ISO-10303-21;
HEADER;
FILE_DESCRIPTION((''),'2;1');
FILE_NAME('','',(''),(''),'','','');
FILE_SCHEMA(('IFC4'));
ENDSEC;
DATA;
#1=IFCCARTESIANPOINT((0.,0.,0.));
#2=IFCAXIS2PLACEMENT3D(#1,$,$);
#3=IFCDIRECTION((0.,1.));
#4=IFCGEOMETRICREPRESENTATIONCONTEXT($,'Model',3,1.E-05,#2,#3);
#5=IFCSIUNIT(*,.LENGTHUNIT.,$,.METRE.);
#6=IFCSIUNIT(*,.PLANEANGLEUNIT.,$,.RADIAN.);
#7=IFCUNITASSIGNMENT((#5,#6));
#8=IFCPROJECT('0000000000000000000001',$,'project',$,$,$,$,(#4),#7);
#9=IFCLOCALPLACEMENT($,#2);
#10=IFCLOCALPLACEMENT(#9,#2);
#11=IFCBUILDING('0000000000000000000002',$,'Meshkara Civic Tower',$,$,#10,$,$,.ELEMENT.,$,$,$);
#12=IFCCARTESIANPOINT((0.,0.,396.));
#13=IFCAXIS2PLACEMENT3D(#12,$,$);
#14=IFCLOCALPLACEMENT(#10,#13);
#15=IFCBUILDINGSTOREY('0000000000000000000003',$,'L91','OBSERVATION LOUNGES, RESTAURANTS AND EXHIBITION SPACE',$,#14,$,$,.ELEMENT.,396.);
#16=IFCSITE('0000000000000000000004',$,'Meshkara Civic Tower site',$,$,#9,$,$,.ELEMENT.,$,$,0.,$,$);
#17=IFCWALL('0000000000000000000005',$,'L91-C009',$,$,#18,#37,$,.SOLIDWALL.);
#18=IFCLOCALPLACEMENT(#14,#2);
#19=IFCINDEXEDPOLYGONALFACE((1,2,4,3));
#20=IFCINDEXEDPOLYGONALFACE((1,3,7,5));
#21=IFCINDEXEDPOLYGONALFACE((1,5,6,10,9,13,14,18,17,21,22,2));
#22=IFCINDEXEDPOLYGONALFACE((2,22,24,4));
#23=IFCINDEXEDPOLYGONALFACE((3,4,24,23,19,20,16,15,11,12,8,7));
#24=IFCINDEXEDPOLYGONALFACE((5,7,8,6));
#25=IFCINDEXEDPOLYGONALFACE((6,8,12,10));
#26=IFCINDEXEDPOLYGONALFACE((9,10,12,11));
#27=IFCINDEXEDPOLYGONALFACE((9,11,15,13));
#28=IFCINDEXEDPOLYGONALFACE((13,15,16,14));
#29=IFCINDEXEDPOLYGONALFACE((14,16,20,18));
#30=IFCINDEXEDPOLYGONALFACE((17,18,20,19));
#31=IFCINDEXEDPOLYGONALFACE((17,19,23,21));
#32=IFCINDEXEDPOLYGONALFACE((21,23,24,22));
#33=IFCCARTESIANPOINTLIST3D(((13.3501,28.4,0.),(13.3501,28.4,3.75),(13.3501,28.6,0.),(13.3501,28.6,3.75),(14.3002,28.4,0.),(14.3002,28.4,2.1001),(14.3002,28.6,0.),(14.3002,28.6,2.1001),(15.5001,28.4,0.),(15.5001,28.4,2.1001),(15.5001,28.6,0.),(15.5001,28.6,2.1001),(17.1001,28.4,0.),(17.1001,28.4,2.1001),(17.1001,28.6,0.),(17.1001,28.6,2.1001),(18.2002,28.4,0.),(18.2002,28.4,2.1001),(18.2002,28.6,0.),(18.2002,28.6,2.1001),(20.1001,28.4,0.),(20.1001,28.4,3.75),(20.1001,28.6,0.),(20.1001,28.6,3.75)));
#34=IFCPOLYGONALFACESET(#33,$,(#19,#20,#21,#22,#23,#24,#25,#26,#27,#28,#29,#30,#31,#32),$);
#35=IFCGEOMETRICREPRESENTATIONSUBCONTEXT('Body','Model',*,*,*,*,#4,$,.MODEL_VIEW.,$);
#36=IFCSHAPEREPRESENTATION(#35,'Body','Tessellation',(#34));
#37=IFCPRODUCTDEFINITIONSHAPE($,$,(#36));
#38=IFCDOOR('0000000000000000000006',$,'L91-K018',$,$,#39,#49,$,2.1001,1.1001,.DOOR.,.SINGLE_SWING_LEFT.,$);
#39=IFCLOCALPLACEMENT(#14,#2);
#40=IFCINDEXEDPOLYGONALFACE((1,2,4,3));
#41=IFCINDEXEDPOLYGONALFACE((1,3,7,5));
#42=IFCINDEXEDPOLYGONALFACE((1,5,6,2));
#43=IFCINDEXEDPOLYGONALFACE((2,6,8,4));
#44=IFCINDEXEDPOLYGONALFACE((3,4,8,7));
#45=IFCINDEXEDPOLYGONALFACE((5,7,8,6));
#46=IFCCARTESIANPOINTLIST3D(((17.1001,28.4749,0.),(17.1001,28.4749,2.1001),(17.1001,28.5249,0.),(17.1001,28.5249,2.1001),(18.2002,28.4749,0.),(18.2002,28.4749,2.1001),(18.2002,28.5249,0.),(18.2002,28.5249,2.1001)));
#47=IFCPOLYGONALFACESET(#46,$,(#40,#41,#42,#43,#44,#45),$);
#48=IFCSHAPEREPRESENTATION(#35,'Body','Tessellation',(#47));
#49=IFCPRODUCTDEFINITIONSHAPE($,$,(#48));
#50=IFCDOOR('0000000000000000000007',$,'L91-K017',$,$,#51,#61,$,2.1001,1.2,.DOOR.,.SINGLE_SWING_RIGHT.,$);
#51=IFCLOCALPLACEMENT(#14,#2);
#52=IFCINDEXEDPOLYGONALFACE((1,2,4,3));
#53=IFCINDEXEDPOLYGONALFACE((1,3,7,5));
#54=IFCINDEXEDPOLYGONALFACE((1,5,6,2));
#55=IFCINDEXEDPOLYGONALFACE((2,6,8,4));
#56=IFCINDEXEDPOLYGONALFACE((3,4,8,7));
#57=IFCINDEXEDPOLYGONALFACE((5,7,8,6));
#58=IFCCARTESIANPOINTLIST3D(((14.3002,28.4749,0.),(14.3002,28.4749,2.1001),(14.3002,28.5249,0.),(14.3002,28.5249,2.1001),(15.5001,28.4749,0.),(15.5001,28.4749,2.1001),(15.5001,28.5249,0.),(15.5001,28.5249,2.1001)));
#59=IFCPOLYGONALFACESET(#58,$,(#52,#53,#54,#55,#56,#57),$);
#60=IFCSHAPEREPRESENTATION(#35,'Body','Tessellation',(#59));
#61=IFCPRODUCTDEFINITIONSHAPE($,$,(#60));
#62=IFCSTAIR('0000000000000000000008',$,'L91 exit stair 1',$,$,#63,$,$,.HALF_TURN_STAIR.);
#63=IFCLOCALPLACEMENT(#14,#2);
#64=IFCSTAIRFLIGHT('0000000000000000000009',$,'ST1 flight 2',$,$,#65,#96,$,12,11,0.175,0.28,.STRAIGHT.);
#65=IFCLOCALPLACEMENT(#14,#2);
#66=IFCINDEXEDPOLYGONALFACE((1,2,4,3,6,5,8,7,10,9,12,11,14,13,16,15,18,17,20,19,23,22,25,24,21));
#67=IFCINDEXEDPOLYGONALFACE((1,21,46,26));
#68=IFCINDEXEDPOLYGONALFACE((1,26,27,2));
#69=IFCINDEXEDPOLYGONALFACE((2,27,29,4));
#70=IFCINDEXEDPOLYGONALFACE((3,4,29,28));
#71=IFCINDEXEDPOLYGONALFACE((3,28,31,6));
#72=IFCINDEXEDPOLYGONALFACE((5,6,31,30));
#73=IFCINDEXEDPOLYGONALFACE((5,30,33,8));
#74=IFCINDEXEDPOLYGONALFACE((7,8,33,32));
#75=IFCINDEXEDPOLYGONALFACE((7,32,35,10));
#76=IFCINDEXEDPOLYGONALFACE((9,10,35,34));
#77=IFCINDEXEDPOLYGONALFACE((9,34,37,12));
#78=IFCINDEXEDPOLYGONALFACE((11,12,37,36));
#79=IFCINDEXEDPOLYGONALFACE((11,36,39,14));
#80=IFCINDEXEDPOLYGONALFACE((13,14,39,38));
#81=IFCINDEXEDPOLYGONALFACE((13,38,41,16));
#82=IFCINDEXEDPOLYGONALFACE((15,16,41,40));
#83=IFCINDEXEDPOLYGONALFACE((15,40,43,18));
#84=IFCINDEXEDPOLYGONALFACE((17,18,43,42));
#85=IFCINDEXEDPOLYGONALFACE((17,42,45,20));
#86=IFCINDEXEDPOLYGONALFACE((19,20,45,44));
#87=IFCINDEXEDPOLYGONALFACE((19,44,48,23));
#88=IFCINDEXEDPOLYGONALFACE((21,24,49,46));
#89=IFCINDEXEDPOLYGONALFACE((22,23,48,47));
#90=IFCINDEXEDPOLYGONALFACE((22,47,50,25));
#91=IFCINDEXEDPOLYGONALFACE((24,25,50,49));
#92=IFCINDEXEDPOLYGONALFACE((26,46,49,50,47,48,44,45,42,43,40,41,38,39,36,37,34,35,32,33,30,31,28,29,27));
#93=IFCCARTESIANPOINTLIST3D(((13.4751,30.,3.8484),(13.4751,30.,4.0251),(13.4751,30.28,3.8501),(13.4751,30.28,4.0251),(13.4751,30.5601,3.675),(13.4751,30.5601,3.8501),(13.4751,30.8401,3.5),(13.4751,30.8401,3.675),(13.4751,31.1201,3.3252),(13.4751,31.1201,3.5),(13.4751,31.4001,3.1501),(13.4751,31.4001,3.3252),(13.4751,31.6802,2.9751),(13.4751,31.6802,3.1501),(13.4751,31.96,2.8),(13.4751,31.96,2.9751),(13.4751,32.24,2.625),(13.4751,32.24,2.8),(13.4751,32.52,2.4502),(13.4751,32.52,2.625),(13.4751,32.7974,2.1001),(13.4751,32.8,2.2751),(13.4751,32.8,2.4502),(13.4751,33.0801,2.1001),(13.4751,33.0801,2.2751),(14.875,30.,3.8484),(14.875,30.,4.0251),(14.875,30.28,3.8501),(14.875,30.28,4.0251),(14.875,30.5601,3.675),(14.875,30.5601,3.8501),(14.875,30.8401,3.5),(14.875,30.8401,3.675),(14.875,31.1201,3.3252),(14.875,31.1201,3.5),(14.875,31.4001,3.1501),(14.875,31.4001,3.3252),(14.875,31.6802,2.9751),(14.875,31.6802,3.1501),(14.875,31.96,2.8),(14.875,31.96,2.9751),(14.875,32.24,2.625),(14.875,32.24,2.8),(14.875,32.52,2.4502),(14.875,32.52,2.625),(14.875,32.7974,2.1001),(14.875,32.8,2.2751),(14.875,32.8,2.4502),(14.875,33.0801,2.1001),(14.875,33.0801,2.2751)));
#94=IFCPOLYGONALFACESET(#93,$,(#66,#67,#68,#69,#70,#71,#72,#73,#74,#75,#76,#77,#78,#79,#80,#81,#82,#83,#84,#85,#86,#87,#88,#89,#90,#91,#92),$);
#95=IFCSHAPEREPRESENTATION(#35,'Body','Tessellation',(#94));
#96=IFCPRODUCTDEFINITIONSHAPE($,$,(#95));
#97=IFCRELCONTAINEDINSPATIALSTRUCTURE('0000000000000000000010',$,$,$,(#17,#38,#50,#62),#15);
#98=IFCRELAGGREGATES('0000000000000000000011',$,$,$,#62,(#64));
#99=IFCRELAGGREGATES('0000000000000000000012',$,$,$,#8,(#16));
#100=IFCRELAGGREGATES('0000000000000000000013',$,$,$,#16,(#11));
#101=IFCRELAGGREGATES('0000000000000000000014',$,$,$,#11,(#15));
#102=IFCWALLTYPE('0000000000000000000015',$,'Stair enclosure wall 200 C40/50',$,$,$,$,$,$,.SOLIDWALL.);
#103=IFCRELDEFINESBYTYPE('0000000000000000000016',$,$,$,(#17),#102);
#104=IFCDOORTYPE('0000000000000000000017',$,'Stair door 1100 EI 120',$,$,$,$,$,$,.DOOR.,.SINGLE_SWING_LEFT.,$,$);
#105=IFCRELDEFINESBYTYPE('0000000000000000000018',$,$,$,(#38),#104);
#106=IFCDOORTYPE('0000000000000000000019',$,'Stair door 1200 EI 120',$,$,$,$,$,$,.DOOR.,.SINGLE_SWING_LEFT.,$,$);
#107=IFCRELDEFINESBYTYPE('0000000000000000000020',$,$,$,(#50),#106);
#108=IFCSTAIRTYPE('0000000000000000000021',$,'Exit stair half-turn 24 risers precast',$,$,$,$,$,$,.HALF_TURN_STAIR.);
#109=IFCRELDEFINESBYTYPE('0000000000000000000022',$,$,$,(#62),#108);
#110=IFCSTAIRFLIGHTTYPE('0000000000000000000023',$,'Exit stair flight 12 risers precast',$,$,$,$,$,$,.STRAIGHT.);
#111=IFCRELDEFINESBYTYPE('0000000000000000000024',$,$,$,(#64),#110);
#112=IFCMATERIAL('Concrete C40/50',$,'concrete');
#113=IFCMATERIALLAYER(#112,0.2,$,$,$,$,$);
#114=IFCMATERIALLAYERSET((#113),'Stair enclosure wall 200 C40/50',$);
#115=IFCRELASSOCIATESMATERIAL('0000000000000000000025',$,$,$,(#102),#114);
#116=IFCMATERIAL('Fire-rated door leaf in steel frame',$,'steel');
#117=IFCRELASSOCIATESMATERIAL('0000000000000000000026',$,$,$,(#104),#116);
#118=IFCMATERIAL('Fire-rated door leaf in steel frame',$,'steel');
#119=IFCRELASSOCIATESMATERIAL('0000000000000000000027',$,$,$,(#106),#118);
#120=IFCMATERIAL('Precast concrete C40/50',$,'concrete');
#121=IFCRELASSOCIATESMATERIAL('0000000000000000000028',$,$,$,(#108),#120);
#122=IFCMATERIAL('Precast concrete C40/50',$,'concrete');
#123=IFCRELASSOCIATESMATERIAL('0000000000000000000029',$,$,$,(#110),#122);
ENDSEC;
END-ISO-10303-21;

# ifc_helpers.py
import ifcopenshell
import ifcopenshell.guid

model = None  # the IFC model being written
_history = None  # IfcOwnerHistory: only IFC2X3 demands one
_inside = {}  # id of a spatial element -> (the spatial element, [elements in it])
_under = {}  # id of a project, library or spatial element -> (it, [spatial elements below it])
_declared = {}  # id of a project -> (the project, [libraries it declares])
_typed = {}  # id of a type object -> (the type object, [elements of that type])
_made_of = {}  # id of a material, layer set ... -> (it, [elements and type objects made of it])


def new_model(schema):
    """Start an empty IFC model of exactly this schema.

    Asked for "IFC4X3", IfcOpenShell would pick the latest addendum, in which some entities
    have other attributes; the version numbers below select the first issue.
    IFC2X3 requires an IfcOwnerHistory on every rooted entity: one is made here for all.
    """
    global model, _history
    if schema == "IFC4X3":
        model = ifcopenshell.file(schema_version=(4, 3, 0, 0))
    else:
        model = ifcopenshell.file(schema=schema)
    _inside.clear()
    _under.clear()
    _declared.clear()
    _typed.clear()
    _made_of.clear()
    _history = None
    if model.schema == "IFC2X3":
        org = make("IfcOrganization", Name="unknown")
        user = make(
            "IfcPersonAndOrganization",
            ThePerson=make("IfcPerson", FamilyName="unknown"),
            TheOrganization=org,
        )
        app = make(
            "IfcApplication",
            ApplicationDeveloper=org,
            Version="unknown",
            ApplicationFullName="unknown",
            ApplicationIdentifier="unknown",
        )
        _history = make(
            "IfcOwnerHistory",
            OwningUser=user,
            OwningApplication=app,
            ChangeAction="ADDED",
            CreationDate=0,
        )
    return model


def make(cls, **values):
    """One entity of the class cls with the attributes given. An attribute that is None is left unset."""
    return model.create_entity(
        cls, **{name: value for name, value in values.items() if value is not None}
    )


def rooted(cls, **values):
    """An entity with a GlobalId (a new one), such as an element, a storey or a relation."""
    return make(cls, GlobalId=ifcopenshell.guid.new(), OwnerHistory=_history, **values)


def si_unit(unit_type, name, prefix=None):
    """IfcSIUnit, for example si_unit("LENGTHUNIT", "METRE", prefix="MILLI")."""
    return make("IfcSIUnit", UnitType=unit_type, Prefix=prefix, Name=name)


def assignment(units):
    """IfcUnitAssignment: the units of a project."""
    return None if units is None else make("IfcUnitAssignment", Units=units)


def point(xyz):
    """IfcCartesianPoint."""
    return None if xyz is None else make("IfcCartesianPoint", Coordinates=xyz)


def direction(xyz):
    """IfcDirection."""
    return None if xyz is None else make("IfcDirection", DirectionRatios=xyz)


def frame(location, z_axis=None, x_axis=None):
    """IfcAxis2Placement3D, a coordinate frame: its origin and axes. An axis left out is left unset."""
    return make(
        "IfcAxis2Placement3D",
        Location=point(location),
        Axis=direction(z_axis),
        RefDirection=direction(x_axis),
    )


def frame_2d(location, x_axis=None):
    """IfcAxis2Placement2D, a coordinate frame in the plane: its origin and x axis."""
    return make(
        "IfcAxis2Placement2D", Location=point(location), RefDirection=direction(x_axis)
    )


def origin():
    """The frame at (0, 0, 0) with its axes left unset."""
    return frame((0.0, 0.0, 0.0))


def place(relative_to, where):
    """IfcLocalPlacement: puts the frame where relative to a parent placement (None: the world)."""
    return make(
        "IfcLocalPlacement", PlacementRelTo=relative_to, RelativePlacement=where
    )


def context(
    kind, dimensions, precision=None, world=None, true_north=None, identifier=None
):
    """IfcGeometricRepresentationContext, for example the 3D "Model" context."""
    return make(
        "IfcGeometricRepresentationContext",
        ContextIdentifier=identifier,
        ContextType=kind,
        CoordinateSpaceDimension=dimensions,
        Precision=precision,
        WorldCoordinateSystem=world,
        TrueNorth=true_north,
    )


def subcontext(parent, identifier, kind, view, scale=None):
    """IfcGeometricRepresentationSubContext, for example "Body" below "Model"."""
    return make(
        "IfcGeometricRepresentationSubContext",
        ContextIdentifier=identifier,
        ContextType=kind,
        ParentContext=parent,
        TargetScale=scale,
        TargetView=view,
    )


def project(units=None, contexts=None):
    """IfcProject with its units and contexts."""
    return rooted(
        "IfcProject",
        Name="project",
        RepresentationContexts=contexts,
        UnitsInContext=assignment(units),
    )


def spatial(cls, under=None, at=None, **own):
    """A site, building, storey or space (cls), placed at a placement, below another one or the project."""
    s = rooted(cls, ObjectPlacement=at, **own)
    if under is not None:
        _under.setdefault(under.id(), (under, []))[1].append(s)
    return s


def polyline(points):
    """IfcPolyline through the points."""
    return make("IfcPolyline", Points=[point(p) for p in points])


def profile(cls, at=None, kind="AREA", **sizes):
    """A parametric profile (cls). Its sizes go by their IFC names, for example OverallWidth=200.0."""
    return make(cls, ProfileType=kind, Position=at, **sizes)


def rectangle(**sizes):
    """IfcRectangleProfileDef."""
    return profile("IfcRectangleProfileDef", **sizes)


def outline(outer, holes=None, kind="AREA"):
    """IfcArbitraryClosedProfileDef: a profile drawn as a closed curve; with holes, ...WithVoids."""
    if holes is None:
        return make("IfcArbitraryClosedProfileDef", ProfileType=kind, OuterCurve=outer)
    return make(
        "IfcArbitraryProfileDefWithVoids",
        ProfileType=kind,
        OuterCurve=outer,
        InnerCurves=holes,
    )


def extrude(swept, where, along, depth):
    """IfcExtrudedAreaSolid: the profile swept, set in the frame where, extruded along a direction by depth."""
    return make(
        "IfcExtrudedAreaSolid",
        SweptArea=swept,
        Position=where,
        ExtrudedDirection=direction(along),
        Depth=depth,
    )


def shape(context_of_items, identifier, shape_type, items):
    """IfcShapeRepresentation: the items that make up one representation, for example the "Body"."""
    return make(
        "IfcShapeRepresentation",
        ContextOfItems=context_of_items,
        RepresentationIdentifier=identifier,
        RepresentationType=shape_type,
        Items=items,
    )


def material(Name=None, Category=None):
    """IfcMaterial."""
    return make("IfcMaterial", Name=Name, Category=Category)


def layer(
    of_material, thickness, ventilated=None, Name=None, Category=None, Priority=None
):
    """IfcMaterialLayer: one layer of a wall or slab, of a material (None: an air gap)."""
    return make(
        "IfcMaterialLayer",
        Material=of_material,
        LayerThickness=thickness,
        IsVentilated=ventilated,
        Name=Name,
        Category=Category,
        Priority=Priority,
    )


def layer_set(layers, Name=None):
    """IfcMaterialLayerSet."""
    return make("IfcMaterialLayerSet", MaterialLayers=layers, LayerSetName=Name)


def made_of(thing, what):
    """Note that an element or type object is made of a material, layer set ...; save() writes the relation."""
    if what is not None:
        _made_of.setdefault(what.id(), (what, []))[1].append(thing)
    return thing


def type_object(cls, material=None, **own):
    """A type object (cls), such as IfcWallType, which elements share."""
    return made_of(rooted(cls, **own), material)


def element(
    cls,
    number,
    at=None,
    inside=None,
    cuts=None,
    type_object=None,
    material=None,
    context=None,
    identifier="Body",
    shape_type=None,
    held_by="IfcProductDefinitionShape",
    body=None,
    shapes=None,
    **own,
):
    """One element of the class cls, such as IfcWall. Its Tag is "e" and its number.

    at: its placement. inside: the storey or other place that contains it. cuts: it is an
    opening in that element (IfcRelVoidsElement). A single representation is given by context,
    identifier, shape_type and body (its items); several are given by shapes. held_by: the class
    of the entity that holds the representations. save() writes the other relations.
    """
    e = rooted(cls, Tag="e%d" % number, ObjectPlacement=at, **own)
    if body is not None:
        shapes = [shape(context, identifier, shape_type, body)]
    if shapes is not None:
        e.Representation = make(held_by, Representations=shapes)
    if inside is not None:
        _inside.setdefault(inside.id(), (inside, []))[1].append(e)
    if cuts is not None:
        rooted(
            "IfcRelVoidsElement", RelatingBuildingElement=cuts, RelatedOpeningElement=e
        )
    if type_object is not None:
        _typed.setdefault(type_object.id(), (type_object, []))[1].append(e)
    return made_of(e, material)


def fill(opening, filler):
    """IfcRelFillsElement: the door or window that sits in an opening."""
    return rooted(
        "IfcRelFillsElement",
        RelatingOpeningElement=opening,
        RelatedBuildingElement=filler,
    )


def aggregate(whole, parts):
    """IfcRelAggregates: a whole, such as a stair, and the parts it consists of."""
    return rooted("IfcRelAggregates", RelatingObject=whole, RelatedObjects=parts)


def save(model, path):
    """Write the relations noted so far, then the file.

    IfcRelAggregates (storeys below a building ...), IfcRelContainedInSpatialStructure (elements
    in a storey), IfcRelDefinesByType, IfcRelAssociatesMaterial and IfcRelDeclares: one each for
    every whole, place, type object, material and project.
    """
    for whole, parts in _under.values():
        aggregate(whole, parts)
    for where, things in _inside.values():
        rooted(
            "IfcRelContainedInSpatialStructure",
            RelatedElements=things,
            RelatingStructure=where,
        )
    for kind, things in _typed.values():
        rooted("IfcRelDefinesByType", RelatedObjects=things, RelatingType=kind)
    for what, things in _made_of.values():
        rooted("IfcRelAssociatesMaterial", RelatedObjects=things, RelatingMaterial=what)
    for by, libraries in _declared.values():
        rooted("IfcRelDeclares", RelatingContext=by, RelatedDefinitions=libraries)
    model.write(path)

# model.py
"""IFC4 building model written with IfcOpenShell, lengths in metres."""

from ifc_helpers import new_model, si_unit, direction, frame, frame_2d, origin, place, context, subcontext, project, spatial, polyline, rectangle, outline, extrude, material, layer, layer_set, type_object, element, fill, aggregate, save


model = new_model("IFC4")

# Units and contexts
model_context = context("Model", 3, precision=1e-05, world=origin(), true_north=direction((0.0, 1.0)))
body_context = subcontext(model_context, "Body", "Model", "MODEL_VIEW")
ifc_project = project(units=[si_unit("LENGTHUNIT", "METRE"), si_unit("PLANEANGLEUNIT", "RADIAN")], contexts=[model_context])

# Site, building, storey
site_placement = place(None, origin())
site = spatial("IfcSite", under=ifc_project, at=site_placement, Name="Meshkara Civic Tower site", CompositionType="ELEMENT", RefElevation=0.0)
building_placement = place(site_placement, origin())
building = spatial("IfcBuilding", under=site, at=building_placement, Name="Meshkara Civic Tower", CompositionType="ELEMENT")
storey_placement = place(building_placement, frame((0.0, 0.0, 396.0)))
storey = spatial("IfcBuildingStorey", under=building, at=storey_placement, Name="L91", Description="OBSERVATION LOUNGES, RESTAURANTS AND EXHIBITION SPACE", CompositionType="ELEMENT", Elevation=396.0)

# Wall, openings, doors
ifc_material_1 = material(Name="Concrete C40/50", Category="concrete")
ifc_layer_1 = layer(ifc_material_1, 0.2)
ifc_layer_set_1 = layer_set([ifc_layer_1], Name="Stair enclosure wall 200 C40/50")
wall_type_1 = type_object("IfcWallType", Name="Stair enclosure wall 200 C40/50", PredefinedType="SOLIDWALL", material=ifc_layer_set_1)
wall_1_placement = place(storey_placement, frame((13.3501, 28.5, 0.0), z_axis=(0.0, 0.0, 1.0), x_axis=(1.0, 0.0, 0.0)))
wall_1 = element("IfcWall", 1, at=wall_1_placement, inside=storey, type_object=wall_type_1, Name="L91-C009", PredefinedType="SOLIDWALL", context=body_context, shape_type="SweptSolid", body=[
    extrude(rectangle(XDim=6.75, YDim=0.2, at=frame_2d((3.375, 0.0))), origin(), (0.0, 0.0, 1.0), 3.75),
])
opening_1_placement = place(wall_1_placement, frame((0.95, 0.0, 0.0)))
opening_1 = element("IfcOpeningElement", 2, at=opening_1_placement, cuts=wall_1, PredefinedType="OPENING", context=body_context, shape_type="SweptSolid", body=[
    extrude(rectangle(XDim=1.2, YDim=2.1001, at=frame_2d((0.6001, 1.05))), frame((0.0, 0.1099, 0.0), z_axis=(0.0, -1.0, 0.0), x_axis=(1.0, 0.0, 0.0)), (0.0, 0.0, 1.0), 0.22),
])
opening_2_placement = place(wall_1_placement, frame((3.75, 0.0, 0.0)))
opening_2 = element("IfcOpeningElement", 3, at=opening_2_placement, cuts=wall_1, PredefinedType="OPENING", context=body_context, shape_type="SweptSolid", body=[
    extrude(rectangle(XDim=1.1001, YDim=2.1001, at=frame_2d((0.55, 1.05))), frame((0.0, 0.1099, 0.0), z_axis=(0.0, -1.0, 0.0), x_axis=(1.0, 0.0, 0.0)), (0.0, 0.0, 1.0), 0.22),
])
ifc_material_2 = material(Name="Fire-rated door leaf in steel frame", Category="steel")
door_type_1 = type_object("IfcDoorType", Name="Stair door 1100 EI 120", OperationType="SINGLE_SWING_LEFT", PredefinedType="DOOR", material=ifc_material_2)
door_1_placement = place(opening_2_placement, origin())
door_1 = element("IfcDoor", 4, at=door_1_placement, inside=storey, type_object=door_type_1, Name="L91-K018", OperationType="SINGLE_SWING_LEFT", OverallHeight=2.1001, OverallWidth=1.1001, PredefinedType="DOOR", context=body_context, shape_type="SweptSolid", body=[
    extrude(rectangle(XDim=1.1001, YDim=2.1001, at=frame_2d((0.55, 1.05))), frame((0.0, 0.0249, 0.0), z_axis=(0.0, -1.0, 0.0), x_axis=(1.0, 0.0, 0.0)), (0.0, 0.0, 1.0), 0.05),
])
fill(opening_2, door_1)
ifc_material_3 = material(Name="Fire-rated door leaf in steel frame", Category="steel")
door_type_2 = type_object("IfcDoorType", Name="Stair door 1200 EI 120", OperationType="SINGLE_SWING_LEFT", PredefinedType="DOOR", material=ifc_material_3)
door_2_placement = place(opening_1_placement, origin())
door_2 = element("IfcDoor", 5, at=door_2_placement, inside=storey, type_object=door_type_2, Name="L91-K017", OperationType="SINGLE_SWING_RIGHT", OverallHeight=2.1001, OverallWidth=1.2, PredefinedType="DOOR", context=body_context, shape_type="SweptSolid", body=[
    extrude(rectangle(XDim=1.2, YDim=2.1001, at=frame_2d((0.6001, 1.05))), frame((0.0, 0.0249, 0.0), z_axis=(0.0, -1.0, 0.0), x_axis=(1.0, 0.0, 0.0)), (0.0, 0.0, 1.0), 0.05),
])
fill(opening_1, door_2)

# Stair, stair flight
ifc_material_4 = material(Name="Precast concrete C40/50", Category="concrete")
stair_type = type_object("IfcStairType", Name="Exit stair half-turn 24 risers precast", PredefinedType="HALF_TURN_STAIR", material=ifc_material_4)
stair_placement = place(storey_placement, origin())
stair = element("IfcStair", 6, at=stair_placement, inside=storey, type_object=stair_type, Name="L91 exit stair 1", PredefinedType="HALF_TURN_STAIR")
ifc_material_5 = material(Name="Precast concrete C40/50", Category="concrete")
stair_flight_type = type_object("IfcStairFlightType", Name="Exit stair flight 12 risers precast", PredefinedType="STRAIGHT", material=ifc_material_5)
stair_flight_placement = place(storey_placement, frame((14.175, 33.0801, 2.1001), z_axis=(0.0, 0.0, 1.0), x_axis=(0.0, -1.0, 0.0)))
stair_flight = element("IfcStairFlight", 7, at=stair_flight_placement, type_object=stair_flight_type, Name="ST1 flight 2", NumberOfRisers=12, NumberOfTreads=11, PredefinedType="STRAIGHT", RiserHeight=0.175, TreadLength=0.28, context=body_context, shape_type="SweptSolid", body=[
    extrude(outline(polyline([(0.0, 0.0), (0.0, 0.175), (0.28, 0.175), (0.28, 0.3501), (0.5601, 0.3501), (0.5601, 0.5249), (0.8401, 0.5249), (0.8401, 0.7), (1.1201, 0.7), (1.1201, 0.875), (1.3999, 0.875), (1.3999, 1.05), (1.6799, 1.05), (1.6799, 1.2251), (1.96, 1.2251), (1.96, 1.3999), (2.24, 1.3999), (2.24, 1.575), (2.52, 1.575), (2.52, 1.75), (2.8, 1.75), (2.8, 1.925), (3.0801, 1.925), (3.0801, 2.1001), (3.0801, 1.7483), (0.2827, 0.0), (0.0, 0.0)])), frame((0.0, 0.7, 0.0), z_axis=(0.0, -1.0, 0.0), x_axis=(1.0, 0.0, 0.0)), (0.0, 0.0, 1.0), 1.3999),
])
aggregate(stair, [stair_flight])

save(model, "model.ifc")
